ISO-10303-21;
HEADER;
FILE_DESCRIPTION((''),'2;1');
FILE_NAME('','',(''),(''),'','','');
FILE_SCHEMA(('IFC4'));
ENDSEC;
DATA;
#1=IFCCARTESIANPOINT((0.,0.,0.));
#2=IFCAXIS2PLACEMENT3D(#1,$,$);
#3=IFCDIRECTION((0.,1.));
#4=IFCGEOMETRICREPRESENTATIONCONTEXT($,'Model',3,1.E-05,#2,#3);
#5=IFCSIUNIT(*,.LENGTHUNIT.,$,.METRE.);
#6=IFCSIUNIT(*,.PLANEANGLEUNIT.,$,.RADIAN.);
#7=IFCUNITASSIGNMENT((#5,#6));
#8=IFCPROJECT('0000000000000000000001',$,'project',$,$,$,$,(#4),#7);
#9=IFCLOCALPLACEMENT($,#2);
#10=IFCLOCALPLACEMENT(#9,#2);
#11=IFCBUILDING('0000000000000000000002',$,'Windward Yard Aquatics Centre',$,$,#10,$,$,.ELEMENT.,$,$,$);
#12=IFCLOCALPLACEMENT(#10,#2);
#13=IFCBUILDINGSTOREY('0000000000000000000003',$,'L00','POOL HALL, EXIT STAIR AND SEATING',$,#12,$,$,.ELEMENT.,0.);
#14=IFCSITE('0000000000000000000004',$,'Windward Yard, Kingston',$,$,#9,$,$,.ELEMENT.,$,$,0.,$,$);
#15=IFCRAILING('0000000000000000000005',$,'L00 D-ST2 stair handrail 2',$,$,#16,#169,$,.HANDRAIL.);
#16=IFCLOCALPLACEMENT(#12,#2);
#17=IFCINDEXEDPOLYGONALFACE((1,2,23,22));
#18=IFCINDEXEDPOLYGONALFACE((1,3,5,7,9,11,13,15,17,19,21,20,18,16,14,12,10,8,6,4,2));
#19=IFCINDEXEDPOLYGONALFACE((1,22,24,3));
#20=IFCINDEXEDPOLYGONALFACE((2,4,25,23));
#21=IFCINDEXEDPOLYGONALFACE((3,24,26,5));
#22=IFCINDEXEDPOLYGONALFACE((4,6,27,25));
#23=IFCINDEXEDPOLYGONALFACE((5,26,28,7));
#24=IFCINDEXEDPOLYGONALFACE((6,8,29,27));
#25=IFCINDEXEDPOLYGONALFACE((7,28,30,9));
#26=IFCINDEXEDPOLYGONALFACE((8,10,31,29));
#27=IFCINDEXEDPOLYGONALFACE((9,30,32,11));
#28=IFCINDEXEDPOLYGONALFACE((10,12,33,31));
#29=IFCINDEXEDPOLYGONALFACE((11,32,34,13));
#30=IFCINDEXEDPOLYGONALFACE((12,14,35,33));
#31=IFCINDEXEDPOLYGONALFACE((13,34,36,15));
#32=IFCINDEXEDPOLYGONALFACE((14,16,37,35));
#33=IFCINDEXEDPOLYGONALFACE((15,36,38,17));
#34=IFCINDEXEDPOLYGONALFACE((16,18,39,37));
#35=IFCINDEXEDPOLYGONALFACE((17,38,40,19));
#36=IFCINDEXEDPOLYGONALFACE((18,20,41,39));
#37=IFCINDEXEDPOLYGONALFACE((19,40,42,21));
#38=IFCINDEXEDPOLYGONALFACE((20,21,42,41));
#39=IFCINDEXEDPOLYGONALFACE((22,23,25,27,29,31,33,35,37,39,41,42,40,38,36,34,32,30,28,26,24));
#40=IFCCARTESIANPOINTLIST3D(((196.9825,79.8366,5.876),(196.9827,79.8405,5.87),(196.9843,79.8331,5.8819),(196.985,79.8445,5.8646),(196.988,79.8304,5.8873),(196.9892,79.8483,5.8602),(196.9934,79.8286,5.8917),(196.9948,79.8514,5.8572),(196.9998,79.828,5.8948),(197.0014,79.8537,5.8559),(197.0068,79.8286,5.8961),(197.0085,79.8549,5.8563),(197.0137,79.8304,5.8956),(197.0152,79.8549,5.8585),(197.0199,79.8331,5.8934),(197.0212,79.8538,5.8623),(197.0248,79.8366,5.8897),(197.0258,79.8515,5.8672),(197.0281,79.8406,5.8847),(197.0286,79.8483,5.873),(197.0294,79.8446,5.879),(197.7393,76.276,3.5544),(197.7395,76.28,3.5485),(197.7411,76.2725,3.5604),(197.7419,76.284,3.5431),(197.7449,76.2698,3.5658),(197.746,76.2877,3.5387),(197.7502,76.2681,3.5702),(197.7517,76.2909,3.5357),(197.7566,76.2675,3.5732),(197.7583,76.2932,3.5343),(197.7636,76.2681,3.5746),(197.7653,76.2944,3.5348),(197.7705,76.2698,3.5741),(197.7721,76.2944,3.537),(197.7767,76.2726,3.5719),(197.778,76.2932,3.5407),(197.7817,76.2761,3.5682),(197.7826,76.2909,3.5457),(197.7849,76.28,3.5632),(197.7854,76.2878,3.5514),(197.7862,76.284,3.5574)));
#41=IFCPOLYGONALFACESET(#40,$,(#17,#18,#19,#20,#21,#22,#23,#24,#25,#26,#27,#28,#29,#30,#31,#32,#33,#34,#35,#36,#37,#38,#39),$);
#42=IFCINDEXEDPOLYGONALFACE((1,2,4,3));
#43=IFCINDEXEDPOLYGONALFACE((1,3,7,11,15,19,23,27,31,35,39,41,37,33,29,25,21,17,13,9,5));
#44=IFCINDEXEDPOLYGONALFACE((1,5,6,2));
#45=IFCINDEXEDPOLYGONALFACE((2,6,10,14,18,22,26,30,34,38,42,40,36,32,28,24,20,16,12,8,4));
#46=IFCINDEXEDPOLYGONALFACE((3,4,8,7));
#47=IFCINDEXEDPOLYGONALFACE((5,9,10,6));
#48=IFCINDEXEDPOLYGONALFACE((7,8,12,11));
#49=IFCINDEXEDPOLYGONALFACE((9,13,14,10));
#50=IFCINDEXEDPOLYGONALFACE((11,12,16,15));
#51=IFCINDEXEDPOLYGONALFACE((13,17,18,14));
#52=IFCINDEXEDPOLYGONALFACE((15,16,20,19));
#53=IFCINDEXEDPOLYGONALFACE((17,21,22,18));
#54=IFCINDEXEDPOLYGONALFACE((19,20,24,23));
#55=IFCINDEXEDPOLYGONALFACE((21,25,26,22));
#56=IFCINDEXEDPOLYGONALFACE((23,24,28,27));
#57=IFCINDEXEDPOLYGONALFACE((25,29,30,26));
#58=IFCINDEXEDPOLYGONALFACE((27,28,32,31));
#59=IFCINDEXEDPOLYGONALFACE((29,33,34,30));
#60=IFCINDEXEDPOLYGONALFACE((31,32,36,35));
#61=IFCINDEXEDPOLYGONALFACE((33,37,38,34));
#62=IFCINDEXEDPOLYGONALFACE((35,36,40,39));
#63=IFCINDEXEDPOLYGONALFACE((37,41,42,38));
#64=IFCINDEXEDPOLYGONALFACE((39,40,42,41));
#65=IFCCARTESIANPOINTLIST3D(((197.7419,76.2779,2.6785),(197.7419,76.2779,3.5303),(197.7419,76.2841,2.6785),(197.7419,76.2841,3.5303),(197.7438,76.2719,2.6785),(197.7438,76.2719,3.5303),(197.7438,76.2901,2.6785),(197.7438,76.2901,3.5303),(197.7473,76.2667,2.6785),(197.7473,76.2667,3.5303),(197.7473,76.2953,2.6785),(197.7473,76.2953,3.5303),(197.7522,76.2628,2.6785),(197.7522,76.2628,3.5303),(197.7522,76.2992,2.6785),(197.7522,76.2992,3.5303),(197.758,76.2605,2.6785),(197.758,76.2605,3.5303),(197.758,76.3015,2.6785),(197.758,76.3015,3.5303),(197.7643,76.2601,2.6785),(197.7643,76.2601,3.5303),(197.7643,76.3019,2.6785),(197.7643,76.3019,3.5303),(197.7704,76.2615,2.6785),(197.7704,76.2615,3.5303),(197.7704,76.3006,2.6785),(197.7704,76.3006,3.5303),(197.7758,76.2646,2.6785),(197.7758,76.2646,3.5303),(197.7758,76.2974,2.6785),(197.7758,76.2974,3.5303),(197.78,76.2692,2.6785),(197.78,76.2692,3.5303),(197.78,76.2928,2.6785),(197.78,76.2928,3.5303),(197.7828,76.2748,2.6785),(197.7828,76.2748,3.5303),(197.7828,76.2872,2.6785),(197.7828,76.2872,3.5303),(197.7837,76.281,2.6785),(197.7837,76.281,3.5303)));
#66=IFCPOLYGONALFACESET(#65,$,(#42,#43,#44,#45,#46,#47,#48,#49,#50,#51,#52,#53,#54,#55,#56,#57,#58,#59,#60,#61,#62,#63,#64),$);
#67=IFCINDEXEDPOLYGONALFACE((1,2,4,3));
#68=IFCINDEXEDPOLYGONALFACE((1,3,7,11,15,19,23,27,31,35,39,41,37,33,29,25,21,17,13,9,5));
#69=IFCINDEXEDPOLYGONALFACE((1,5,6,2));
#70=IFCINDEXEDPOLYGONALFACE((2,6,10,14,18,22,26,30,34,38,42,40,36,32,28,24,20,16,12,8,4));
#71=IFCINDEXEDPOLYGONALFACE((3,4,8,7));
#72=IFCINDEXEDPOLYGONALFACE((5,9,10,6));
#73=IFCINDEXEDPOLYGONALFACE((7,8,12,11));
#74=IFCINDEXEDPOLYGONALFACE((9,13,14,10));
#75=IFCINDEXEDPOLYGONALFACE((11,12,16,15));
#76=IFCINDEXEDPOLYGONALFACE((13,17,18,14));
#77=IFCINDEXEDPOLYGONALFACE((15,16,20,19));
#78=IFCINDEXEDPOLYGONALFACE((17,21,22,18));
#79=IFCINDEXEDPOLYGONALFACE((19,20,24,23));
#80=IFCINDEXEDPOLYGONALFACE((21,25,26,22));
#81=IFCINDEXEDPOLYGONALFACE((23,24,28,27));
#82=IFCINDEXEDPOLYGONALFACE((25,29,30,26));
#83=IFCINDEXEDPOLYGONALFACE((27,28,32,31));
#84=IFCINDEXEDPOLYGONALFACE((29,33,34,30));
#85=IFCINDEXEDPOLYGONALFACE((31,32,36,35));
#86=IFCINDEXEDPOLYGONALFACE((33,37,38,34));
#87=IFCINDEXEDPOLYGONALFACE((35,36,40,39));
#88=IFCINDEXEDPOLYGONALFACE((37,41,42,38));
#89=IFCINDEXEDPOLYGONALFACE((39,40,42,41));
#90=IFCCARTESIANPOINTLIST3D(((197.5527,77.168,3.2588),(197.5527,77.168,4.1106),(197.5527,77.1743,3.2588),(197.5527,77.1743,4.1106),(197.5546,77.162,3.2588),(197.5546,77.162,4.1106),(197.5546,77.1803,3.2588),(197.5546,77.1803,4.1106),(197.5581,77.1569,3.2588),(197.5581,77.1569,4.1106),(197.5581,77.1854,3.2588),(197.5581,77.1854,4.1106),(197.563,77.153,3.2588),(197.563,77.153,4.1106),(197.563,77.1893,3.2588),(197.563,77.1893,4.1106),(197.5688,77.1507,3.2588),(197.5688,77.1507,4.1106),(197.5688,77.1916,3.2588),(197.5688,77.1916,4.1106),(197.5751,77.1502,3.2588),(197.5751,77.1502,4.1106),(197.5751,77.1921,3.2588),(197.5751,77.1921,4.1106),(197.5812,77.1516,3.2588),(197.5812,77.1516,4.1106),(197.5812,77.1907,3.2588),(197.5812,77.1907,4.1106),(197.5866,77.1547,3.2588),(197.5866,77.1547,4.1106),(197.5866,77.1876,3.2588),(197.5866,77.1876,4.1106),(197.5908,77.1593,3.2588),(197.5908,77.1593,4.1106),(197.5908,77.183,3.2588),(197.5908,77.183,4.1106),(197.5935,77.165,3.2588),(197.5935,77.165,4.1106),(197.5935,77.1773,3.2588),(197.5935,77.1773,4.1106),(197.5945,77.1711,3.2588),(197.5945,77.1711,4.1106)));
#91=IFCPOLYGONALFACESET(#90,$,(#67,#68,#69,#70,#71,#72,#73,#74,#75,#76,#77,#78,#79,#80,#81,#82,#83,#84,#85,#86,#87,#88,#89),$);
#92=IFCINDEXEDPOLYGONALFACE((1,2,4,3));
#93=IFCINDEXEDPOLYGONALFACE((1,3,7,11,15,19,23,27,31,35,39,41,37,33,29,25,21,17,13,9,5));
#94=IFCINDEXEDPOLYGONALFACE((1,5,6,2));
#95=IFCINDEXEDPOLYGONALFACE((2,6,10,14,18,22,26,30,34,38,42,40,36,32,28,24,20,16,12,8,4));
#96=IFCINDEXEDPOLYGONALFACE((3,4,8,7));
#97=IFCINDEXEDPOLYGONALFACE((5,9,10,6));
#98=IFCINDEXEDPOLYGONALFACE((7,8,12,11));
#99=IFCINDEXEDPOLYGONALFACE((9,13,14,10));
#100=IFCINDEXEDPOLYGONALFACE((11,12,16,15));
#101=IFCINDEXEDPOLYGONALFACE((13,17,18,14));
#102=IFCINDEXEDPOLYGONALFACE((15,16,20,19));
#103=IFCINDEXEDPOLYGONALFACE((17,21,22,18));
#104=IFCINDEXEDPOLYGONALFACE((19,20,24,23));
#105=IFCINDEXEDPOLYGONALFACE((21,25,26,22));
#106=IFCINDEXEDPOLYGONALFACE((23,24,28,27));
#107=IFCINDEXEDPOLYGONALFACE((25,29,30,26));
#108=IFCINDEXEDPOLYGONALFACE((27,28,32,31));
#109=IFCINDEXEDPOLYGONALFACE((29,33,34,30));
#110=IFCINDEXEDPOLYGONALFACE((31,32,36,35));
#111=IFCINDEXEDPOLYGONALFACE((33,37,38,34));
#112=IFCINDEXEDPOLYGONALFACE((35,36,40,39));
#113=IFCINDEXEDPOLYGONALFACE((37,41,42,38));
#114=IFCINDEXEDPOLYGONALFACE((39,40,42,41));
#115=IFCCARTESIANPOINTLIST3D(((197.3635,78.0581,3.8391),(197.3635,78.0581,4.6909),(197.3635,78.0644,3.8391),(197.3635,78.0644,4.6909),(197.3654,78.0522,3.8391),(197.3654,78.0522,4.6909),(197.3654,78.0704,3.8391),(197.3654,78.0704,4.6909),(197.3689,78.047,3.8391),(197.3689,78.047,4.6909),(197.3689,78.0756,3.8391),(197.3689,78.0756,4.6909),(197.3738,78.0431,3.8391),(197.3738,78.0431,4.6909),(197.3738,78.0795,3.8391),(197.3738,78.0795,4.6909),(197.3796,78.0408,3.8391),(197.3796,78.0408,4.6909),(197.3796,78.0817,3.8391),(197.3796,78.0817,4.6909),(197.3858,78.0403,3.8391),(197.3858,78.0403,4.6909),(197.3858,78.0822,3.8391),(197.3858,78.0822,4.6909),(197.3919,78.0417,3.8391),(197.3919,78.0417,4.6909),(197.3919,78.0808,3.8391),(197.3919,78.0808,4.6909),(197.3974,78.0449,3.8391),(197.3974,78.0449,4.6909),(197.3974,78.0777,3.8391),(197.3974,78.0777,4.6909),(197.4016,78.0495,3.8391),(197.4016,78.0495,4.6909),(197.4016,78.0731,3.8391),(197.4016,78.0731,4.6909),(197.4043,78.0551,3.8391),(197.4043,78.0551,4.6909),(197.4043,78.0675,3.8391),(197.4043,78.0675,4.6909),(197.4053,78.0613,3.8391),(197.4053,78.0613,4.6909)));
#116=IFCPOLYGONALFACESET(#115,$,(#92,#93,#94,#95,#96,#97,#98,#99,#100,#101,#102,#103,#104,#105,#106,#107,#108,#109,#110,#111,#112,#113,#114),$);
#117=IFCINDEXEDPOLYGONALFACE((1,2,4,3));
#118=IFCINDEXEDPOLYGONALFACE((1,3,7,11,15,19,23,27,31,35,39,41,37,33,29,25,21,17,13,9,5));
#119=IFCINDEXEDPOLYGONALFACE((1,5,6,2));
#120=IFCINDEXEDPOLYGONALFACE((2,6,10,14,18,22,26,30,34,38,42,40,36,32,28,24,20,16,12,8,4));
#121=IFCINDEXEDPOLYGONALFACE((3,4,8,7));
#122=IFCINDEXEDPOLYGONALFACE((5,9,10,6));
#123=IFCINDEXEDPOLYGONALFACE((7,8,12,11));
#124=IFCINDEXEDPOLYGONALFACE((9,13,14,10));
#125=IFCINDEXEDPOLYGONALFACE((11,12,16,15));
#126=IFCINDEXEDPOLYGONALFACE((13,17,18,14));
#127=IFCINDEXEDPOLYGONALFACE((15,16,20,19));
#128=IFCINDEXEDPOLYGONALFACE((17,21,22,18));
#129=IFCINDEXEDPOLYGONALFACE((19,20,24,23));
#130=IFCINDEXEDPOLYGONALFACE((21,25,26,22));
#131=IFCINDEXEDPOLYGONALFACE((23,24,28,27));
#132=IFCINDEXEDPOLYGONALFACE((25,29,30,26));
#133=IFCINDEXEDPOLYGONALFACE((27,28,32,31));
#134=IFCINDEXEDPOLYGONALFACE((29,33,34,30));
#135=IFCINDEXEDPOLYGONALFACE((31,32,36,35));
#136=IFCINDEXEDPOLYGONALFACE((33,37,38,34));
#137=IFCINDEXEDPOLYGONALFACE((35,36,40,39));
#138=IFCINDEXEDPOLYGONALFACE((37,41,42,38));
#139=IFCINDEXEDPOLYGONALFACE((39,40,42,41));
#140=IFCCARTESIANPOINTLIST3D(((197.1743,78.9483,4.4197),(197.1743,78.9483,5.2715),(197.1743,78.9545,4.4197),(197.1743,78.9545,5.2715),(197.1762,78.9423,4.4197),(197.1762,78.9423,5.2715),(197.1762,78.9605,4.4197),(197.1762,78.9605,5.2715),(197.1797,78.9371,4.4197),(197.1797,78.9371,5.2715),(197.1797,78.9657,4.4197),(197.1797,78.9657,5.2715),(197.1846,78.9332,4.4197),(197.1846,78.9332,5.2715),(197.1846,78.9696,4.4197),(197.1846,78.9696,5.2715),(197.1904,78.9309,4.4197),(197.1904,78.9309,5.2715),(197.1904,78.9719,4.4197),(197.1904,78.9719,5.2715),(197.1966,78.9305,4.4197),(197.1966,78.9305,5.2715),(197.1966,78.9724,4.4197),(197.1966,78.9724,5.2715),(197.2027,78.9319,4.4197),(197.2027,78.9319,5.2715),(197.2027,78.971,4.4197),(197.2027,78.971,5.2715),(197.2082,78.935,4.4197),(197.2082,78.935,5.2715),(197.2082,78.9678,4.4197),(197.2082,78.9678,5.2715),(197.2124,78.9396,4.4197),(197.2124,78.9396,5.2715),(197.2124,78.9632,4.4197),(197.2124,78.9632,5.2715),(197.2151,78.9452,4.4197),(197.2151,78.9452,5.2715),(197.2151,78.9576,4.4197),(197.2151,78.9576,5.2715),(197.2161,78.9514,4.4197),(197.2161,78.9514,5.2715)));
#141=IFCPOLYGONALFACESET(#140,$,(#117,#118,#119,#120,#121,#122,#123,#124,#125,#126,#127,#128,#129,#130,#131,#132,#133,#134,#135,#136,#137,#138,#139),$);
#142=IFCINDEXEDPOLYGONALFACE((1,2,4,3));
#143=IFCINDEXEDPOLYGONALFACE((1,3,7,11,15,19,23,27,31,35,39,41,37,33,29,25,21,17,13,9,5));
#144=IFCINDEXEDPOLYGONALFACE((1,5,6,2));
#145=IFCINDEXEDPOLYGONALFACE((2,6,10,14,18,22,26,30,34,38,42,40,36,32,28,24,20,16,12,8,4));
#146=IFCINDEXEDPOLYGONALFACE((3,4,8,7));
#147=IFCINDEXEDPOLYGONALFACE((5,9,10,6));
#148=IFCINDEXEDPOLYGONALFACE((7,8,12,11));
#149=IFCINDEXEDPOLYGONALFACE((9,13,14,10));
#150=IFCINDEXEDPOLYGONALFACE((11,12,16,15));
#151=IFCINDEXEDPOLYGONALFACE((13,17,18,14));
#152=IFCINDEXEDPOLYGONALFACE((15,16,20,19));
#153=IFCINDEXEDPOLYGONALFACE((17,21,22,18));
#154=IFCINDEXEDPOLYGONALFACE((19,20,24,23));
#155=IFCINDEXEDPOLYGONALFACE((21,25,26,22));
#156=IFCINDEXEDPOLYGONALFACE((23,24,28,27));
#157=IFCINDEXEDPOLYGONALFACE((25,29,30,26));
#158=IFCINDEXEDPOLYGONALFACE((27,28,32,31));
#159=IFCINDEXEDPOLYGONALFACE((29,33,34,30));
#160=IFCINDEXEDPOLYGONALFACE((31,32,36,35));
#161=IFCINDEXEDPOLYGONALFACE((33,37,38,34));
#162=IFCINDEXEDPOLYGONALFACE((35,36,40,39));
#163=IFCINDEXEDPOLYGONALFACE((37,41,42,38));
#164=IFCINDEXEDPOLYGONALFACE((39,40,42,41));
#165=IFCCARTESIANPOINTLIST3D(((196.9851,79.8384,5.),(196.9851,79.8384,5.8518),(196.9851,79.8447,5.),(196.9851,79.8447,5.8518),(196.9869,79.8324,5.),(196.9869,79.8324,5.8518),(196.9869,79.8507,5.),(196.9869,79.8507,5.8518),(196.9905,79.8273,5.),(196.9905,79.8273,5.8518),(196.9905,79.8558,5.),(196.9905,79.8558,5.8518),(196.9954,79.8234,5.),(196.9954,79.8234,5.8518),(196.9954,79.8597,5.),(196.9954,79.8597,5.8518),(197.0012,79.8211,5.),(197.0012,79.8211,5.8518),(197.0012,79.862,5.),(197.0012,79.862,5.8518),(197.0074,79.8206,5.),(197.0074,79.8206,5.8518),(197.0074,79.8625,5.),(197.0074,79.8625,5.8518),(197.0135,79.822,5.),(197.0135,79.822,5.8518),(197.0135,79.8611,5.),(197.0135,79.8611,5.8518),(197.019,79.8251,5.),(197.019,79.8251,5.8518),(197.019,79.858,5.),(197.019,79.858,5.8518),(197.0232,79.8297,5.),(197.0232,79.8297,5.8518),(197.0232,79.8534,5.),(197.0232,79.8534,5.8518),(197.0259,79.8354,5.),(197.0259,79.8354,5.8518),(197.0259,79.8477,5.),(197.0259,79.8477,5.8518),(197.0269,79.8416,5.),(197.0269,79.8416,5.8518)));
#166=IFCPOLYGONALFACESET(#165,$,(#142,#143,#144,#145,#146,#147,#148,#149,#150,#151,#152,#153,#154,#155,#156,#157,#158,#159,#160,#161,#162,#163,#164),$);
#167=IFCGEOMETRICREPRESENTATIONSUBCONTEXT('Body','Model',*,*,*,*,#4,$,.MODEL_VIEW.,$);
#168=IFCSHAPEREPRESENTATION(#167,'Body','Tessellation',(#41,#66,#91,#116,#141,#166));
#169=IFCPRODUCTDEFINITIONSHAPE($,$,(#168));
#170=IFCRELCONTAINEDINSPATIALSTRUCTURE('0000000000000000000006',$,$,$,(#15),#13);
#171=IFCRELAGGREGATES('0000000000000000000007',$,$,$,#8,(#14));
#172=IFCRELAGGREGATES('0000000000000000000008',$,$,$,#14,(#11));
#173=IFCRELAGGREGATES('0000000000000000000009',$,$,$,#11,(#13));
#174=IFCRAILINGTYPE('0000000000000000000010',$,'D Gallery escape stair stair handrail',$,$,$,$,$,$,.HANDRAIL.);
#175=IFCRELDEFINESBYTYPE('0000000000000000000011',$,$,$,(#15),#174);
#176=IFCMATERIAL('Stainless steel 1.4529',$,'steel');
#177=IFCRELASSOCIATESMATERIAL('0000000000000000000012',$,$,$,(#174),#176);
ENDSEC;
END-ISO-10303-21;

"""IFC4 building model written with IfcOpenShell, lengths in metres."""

from ifc_helpers import new_model, si_unit, direction, frame, origin, origin_2d, place, context, subcontext, project, spatial, circle, extrude, material, type_object, element, save


model = new_model("IFC4")

# Units and contexts
model_context = context("Model", 3, precision=1e-05, world=origin(), true_north=direction((0.0, 1.0)))
body_context = subcontext(model_context, "Body", "Model", "MODEL_VIEW")
ifc_project = project(units=[si_unit("LENGTHUNIT", "METRE"), si_unit("PLANEANGLEUNIT", "RADIAN")], contexts=[model_context])

# Site, building, storey
site_placement = place(None, origin())
site = spatial("IfcSite", under=ifc_project, at=site_placement, Name="Windward Yard, Kingston", CompositionType="ELEMENT", RefElevation=0.0)
building_placement = place(site_placement, origin())
building = spatial("IfcBuilding", under=site, at=building_placement, Name="Windward Yard Aquatics Centre", CompositionType="ELEMENT")
storey_placement = place(building_placement, origin())
storey = spatial("IfcBuildingStorey", under=building, at=storey_placement, Name="L00", Description="POOL HALL, EXIT STAIR AND SEATING", CompositionType="ELEMENT", Elevation=0.0)

# Railing
ifc_material_1 = material(Name="Stainless steel 1.4529", Category="steel")
railing_type_1 = type_object("IfcRailingType", Name="D Gallery escape stair stair handrail", PredefinedType="HANDRAIL", material=ifc_material_1)
railing_1_placement = place(storey_placement, frame((197.7627, 76.281, 2.6785)))
element("IfcRailing", 1, at=railing_1_placement, inside=storey, type_object=railing_type_1, Name="L00 D-ST2 stair handrail 2", PredefinedType="HANDRAIL", context=body_context, shape_type="SweptSolid", body=[
    extrude(circle(Radius=0.0239, at=origin_2d()), frame((0.0, 0.0, 0.876), z_axis=(-0.1753, 0.8247, 0.537717), x_axis=(-0.978147, -0.207917, 0.0)), (0.0, 0.0, 1.0), 4.3174),
    extrude(circle(Radius=0.021, at=origin_2d()), origin(), (0.0, 0.0, 1.0), 0.8518),
    extrude(circle(Radius=0.021, at=origin_2d()), frame((-0.1892, 0.8901, 0.5803)), (0.0, 0.0, 1.0), 0.8518),
    extrude(circle(Radius=0.021, at=origin_2d()), frame((-0.3784, 1.7803, 1.1606)), (0.0, 0.0, 1.0), 0.8518),
    extrude(circle(Radius=0.021, at=origin_2d()), frame((-0.5676, 2.6704, 1.7412)), (0.0, 0.0, 1.0), 0.8518),
    extrude(circle(Radius=0.021, at=origin_2d()), frame((-0.7568, 3.5605, 2.3215)), (0.0, 0.0, 1.0), 0.8518),
])

save(model, "model.ifc")
